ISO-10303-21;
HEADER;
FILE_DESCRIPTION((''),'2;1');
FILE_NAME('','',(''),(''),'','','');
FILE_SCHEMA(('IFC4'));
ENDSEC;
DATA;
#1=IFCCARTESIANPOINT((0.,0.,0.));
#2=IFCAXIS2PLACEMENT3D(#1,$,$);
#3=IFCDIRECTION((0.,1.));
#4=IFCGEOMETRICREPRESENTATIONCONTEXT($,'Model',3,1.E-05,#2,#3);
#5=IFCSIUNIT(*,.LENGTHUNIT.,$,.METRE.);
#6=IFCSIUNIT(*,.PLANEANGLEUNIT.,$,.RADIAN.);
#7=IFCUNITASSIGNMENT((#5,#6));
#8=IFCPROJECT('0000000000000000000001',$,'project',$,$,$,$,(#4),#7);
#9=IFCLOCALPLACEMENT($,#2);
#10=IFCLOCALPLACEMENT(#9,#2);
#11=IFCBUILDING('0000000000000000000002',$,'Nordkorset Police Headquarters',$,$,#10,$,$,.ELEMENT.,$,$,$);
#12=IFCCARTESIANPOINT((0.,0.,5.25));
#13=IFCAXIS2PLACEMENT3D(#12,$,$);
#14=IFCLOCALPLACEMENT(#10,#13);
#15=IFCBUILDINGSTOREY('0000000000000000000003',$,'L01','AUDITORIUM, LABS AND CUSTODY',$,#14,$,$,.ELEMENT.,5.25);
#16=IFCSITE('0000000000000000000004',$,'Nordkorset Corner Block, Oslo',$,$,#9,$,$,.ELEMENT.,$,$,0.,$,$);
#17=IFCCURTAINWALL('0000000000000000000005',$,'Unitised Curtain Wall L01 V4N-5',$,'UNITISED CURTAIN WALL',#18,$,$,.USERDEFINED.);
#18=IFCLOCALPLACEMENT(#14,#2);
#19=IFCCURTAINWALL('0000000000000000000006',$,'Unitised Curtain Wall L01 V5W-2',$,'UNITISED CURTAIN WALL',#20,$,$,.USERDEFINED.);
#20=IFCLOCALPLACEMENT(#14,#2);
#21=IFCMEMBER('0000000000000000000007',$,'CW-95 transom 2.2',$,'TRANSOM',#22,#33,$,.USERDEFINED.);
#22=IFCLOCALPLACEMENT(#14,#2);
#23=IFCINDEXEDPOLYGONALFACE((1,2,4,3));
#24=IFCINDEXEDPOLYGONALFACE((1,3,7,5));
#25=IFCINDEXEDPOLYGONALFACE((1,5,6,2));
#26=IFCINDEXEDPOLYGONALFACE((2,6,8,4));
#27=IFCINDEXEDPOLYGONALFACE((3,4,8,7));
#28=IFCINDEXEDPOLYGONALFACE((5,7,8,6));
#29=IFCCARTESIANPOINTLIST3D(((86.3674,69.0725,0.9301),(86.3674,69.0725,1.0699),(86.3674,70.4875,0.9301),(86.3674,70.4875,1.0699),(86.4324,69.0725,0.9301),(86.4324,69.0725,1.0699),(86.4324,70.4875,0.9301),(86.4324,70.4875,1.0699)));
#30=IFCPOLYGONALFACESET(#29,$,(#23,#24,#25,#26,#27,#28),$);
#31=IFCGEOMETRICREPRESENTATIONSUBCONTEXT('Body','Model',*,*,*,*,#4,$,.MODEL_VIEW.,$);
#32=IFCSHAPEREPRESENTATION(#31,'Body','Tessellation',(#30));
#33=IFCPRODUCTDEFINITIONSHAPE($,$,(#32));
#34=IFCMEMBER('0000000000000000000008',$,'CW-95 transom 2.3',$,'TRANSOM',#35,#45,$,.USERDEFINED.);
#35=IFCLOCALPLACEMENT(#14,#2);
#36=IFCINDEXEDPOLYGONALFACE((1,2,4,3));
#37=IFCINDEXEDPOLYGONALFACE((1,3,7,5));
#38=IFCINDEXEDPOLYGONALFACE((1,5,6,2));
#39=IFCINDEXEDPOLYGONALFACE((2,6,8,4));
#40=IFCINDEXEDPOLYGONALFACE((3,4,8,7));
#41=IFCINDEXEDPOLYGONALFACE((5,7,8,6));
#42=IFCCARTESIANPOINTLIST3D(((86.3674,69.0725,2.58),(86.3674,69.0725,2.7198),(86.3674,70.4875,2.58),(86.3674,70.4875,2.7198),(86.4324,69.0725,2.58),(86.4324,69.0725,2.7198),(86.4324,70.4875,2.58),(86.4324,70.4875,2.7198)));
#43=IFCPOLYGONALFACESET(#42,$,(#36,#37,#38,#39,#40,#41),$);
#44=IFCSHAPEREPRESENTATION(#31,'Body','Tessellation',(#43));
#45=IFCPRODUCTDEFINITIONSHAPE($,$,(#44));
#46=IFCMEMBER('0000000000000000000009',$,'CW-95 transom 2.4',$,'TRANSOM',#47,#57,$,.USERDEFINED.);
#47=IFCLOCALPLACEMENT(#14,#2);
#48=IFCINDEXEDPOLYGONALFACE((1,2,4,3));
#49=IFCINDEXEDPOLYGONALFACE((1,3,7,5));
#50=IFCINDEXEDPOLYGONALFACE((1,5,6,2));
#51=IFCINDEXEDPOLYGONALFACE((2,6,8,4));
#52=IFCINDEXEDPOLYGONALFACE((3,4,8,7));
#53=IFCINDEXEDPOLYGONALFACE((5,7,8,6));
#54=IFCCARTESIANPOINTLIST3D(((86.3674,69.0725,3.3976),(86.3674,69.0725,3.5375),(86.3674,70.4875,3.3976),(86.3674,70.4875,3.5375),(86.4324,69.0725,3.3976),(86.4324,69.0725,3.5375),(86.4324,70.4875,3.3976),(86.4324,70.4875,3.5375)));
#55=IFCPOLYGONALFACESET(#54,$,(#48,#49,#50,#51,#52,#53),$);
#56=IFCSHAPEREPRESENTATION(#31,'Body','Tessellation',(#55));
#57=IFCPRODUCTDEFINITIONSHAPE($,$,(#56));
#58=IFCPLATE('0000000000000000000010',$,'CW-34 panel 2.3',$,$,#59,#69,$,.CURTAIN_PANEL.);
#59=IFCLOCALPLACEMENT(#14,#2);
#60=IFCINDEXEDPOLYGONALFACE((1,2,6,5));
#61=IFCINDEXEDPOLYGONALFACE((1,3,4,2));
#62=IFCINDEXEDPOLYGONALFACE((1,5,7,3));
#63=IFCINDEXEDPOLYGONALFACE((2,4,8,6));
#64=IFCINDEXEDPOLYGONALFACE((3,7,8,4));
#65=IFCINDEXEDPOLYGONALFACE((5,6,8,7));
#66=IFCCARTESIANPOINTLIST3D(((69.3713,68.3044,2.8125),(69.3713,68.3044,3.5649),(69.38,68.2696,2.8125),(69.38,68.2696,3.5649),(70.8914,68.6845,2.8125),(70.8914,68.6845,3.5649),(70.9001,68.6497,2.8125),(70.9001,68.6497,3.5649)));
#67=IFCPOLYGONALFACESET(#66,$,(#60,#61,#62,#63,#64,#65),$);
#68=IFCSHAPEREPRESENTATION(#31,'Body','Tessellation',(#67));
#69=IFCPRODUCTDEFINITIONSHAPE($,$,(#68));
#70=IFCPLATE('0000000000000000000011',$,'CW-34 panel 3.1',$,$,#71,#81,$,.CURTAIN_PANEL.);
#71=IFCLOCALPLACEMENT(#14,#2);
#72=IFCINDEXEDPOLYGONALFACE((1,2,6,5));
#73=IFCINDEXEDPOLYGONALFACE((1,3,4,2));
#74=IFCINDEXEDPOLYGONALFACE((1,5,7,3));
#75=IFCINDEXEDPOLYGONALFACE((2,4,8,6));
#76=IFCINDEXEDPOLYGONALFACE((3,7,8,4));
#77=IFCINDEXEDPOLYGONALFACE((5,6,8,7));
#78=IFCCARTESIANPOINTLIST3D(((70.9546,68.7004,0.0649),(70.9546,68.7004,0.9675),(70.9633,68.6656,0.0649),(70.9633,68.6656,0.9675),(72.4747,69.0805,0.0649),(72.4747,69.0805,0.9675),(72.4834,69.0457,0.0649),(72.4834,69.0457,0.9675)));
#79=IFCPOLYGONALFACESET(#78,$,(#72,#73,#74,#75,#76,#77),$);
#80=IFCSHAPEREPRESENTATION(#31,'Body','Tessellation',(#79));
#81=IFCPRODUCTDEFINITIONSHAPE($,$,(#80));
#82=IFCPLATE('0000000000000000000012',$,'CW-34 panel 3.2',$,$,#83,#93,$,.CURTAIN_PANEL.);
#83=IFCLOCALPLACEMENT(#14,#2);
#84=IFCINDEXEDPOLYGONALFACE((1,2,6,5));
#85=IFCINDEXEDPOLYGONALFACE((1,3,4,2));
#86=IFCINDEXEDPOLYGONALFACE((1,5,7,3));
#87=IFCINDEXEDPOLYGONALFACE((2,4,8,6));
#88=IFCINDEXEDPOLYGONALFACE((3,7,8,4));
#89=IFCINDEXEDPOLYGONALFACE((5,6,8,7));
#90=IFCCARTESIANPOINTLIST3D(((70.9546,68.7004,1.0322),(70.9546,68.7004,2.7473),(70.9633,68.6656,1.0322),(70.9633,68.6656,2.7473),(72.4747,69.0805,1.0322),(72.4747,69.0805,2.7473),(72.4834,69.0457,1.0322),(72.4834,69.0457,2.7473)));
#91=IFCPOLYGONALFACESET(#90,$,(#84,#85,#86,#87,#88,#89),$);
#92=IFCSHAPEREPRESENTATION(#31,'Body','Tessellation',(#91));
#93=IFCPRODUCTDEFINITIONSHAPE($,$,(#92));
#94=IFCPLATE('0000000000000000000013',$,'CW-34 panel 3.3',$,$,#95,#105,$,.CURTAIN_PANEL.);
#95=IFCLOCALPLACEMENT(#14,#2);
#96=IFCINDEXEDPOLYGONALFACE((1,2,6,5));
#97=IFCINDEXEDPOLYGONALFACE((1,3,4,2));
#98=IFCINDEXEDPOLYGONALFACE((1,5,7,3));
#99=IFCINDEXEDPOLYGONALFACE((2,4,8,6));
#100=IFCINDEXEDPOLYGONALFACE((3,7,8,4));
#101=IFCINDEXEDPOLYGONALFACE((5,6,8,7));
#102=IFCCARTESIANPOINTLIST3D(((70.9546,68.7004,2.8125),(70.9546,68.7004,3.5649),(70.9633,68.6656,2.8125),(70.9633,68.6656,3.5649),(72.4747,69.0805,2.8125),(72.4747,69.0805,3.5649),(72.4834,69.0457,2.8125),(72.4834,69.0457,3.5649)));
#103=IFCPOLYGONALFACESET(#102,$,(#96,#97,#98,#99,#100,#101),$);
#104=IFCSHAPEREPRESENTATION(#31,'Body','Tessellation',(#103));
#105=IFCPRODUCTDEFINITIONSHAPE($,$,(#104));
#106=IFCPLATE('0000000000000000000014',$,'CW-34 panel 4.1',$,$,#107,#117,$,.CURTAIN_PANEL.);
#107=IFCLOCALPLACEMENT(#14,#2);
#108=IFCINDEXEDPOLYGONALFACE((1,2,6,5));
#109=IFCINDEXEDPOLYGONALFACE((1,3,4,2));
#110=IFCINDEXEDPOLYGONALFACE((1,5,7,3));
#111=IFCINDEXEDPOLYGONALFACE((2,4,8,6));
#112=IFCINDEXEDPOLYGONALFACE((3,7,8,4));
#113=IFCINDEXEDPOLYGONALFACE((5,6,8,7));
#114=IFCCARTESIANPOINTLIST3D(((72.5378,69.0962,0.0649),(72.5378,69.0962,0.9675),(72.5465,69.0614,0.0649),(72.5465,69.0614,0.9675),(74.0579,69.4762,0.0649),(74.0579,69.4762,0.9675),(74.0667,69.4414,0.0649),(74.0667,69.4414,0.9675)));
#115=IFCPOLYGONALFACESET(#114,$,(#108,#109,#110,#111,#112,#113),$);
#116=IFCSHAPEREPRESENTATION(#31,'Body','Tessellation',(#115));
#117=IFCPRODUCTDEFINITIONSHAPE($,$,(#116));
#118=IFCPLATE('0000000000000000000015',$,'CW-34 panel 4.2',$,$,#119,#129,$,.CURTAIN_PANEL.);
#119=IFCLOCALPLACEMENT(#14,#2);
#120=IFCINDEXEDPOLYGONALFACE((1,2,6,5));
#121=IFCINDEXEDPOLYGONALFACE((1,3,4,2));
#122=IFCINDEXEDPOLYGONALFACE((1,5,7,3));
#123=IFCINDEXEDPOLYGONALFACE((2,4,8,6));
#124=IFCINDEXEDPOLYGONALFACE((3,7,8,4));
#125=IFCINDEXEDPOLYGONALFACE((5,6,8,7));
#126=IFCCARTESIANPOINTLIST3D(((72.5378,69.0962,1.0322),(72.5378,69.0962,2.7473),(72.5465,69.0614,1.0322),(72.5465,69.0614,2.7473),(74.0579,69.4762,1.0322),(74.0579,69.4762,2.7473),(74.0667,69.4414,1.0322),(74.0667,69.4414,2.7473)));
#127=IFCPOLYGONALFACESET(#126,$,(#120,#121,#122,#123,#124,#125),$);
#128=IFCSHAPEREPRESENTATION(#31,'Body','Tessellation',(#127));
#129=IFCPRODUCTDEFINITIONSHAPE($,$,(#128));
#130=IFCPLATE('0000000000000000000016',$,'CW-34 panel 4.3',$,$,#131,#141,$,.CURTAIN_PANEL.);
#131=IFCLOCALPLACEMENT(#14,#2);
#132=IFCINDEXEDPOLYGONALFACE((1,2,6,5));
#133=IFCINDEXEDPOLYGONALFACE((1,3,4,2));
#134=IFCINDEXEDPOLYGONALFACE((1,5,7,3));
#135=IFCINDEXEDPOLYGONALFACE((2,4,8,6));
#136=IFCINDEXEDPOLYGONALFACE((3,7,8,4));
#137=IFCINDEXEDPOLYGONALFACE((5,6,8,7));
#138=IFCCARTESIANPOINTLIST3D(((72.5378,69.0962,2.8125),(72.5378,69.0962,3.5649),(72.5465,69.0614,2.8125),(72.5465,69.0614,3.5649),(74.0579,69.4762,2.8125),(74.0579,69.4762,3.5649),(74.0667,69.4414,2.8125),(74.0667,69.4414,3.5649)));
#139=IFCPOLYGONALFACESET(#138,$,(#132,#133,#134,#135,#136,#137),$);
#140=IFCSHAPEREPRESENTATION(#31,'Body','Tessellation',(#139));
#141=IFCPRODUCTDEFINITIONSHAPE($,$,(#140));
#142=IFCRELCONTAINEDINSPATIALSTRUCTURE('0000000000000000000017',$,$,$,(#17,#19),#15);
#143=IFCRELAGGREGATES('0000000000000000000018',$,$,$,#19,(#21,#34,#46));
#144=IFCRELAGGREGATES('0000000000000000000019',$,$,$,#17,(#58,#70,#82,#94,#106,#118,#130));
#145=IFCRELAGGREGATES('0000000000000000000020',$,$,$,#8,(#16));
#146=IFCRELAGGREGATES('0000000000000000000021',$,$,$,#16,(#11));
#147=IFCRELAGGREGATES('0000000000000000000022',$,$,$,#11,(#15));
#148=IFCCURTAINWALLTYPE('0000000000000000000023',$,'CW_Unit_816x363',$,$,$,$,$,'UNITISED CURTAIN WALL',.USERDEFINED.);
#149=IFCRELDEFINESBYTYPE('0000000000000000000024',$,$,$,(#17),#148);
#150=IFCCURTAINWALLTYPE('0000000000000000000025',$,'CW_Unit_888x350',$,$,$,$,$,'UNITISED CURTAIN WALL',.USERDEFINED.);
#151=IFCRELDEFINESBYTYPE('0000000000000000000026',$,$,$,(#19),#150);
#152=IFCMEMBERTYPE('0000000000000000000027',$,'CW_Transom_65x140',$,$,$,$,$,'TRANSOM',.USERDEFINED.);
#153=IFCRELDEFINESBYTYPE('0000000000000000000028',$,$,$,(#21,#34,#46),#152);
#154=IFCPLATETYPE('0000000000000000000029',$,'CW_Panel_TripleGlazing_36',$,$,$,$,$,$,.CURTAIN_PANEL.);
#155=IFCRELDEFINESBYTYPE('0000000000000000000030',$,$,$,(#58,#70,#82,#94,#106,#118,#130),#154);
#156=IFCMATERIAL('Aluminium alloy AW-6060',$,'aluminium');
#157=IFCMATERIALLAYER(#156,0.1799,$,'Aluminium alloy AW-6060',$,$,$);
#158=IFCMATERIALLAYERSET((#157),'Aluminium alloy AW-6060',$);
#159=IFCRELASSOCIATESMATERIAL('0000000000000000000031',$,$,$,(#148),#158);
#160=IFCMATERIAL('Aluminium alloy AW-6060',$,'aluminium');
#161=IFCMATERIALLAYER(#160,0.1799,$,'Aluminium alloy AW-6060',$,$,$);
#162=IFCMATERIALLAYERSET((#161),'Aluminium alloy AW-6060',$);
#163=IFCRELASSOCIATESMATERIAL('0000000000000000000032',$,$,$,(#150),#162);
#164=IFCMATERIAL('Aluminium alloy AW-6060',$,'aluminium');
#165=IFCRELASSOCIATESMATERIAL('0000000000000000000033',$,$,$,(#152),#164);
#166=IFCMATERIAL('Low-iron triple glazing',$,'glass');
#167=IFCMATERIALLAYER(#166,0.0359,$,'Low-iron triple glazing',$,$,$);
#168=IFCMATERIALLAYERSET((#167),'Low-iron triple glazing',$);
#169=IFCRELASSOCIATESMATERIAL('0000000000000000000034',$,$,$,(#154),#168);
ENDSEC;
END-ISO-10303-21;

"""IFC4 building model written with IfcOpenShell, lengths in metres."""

from ifc_helpers import new_model, si_unit, direction, frame, origin, origin_2d, place, context, subcontext, project, spatial, rectangle, extrude, material, layer, layer_set, material_profile, profile_set, type_object, element, aggregate, save


model = new_model("IFC4")

# Units and contexts
model_context = context("Model", 3, precision=1e-05, world=origin(), true_north=direction((0.0, 1.0)))
body_context = subcontext(model_context, "Body", "Model", "MODEL_VIEW")
ifc_project = project(units=[si_unit("LENGTHUNIT", "METRE"), si_unit("PLANEANGLEUNIT", "RADIAN")], contexts=[model_context])

# Site, building, storey
site_placement = place(None, origin())
site = spatial("IfcSite", under=ifc_project, at=site_placement, Name="Nordkorset Corner Block, Oslo", CompositionType="ELEMENT", RefElevation=0.0)
building_placement = place(site_placement, origin())
building = spatial("IfcBuilding", under=site, at=building_placement, Name="Nordkorset Police Headquarters", CompositionType="ELEMENT")
storey_placement = place(building_placement, frame((0.0, 0.0, 5.25)))
storey = spatial("IfcBuildingStorey", under=building, at=storey_placement, Name="L01", Description="AUDITORIUM, LABS AND CUSTODY", CompositionType="ELEMENT", Elevation=5.25)

# Curtain wall
ifc_material_1 = material(Name="Aluminium alloy AW-6060", Category="aluminium")
ifc_layer_1 = layer(ifc_material_1, 0.1799, Name="Aluminium alloy AW-6060")
ifc_layer_set_1 = layer_set([ifc_layer_1], Name="Aluminium alloy AW-6060")
curtain_wall_type_1 = type_object("IfcCurtainWallType", Name="CW_Unit_816x363", ElementType="UNITISED CURTAIN WALL", PredefinedType="USERDEFINED", material=ifc_layer_set_1)
curtain_wall_1_placement = place(storey_placement, origin())
curtain_wall_1 = element("IfcCurtainWall", 1, at=curtain_wall_1_placement, inside=storey, type_object=curtain_wall_type_1, Name="Unitised Curtain Wall L01 V4N-5", ObjectType="UNITISED CURTAIN WALL", PredefinedType="USERDEFINED")

# Curtain wall
ifc_material_2 = material(Name="Aluminium alloy AW-6060", Category="aluminium")
ifc_layer_2 = layer(ifc_material_2, 0.1799, Name="Aluminium alloy AW-6060")
ifc_layer_set_2 = layer_set([ifc_layer_2], Name="Aluminium alloy AW-6060")
curtain_wall_type_2 = type_object("IfcCurtainWallType", Name="CW_Unit_888x350", ElementType="UNITISED CURTAIN WALL", PredefinedType="USERDEFINED", material=ifc_layer_set_2)
curtain_wall_2_placement = place(storey_placement, origin())
curtain_wall_2 = element("IfcCurtainWall", 2, at=curtain_wall_2_placement, inside=storey, type_object=curtain_wall_type_2, Name="Unitised Curtain Wall L01 V5W-2", ObjectType="UNITISED CURTAIN WALL", PredefinedType="USERDEFINED")

# Members
ifc_material_3 = material(Name="Aluminium alloy AW-6060", Category="aluminium")
ifc_material_profile_1 = material_profile(ifc_material_3, rectangle(XDim=0.0649, YDim=0.1399, at=origin_2d()), Name="ALU TRAN 65x140")
ifc_profile_set_1 = profile_set([ifc_material_profile_1], Name="Aluminium alloy AW-6060")
member_type_1 = type_object("IfcMemberType", Name="CW_Transom_65x140", ElementType="TRANSOM", PredefinedType="USERDEFINED", material=ifc_profile_set_1)
member_1_placement = place(storey_placement, frame((86.3999, 69.0725, 1.0), z_axis=(0.0, 1.0, 0.0), x_axis=(-1.0, 0.0, 0.0)))
member_1 = element("IfcMember", 3, at=member_1_placement, type_object=member_type_1, Name="CW-95 transom 2.2", ObjectType="TRANSOM", PredefinedType="USERDEFINED", context=body_context, shape_type="SweptSolid", body=[
    extrude(rectangle(XDim=0.0649, YDim=0.1399, at=origin_2d()), origin(), (0.0, 0.0, 1.0), 1.415),
])
member_2_placement = place(storey_placement, frame((86.3999, 69.0725, 2.6499), z_axis=(0.0, 1.0, 0.0), x_axis=(-1.0, 0.0, 0.0)))
member_2 = element("IfcMember", 4, at=member_2_placement, type_object=member_type_1, Name="CW-95 transom 2.3", ObjectType="TRANSOM", PredefinedType="USERDEFINED", context=body_context, shape_type="SweptSolid", body=[
    extrude(rectangle(XDim=0.0649, YDim=0.1399, at=origin_2d()), origin(), (0.0, 0.0, 1.0), 1.415),
])
member_3_placement = place(storey_placement, frame((86.3999, 69.0725, 3.4675), z_axis=(0.0, 1.0, 0.0), x_axis=(-1.0, 0.0, 0.0)))
member_3 = element("IfcMember", 5, at=member_3_placement, type_object=member_type_1, Name="CW-95 transom 2.4", ObjectType="TRANSOM", PredefinedType="USERDEFINED", context=body_context, shape_type="SweptSolid", body=[
    extrude(rectangle(XDim=0.0649, YDim=0.1399, at=origin_2d()), origin(), (0.0, 0.0, 1.0), 1.415),
])
aggregate(curtain_wall_2, [member_1, member_2, member_3])

# Plates
ifc_material_4 = material(Name="Low-iron triple glazing", Category="glass")
ifc_layer_3 = layer(ifc_material_4, 0.0359, Name="Low-iron triple glazing")
ifc_layer_set_3 = layer_set([ifc_layer_3], Name="Low-iron triple glazing")
plate_type = type_object("IfcPlateType", Name="CW_Panel_TripleGlazing_36", PredefinedType="CURTAIN_PANEL", material=ifc_layer_set_3)
plate_1_placement = place(storey_placement, frame((70.1357, 68.4771, 2.8125), z_axis=(0.0, 0.0, 1.0), x_axis=(0.970143, 0.242536, 0.0)))
plate_1 = element("IfcPlate", 6, at=plate_1_placement, type_object=plate_type, Name="CW-34 panel 2.3", PredefinedType="CURTAIN_PANEL", context=body_context, shape_type="SweptSolid", body=[
    extrude(rectangle(XDim=1.5669, YDim=0.0359, at=origin_2d()), origin(), (0.0, 0.0, 1.0), 0.7524),
])
plate_2_placement = place(storey_placement, frame((71.719, 68.873, 0.0649), z_axis=(0.0, 0.0, 1.0), x_axis=(0.970143, 0.242536, 0.0)))
plate_2 = element("IfcPlate", 7, at=plate_2_placement, type_object=plate_type, Name="CW-34 panel 3.1", PredefinedType="CURTAIN_PANEL", context=body_context, shape_type="SweptSolid", body=[
    extrude(rectangle(XDim=1.5669, YDim=0.0359, at=origin_2d()), origin(), (0.0, 0.0, 1.0), 0.9026),
])
plate_3_placement = place(storey_placement, frame((71.719, 68.873, 1.0322), z_axis=(0.0, 0.0, 1.0), x_axis=(0.970143, 0.242536, 0.0)))
plate_3 = element("IfcPlate", 8, at=plate_3_placement, type_object=plate_type, Name="CW-34 panel 3.2", PredefinedType="CURTAIN_PANEL", context=body_context, shape_type="SweptSolid", body=[
    extrude(rectangle(XDim=1.5669, YDim=0.0359, at=origin_2d()), origin(), (0.0, 0.0, 1.0), 1.7151),
])
plate_4_placement = place(storey_placement, frame((71.719, 68.873, 2.8125), z_axis=(0.0, 0.0, 1.0), x_axis=(0.970143, 0.242536, 0.0)))
plate_4 = element("IfcPlate", 9, at=plate_4_placement, type_object=plate_type, Name="CW-34 panel 3.3", PredefinedType="CURTAIN_PANEL", context=body_context, shape_type="SweptSolid", body=[
    extrude(rectangle(XDim=1.5669, YDim=0.0359, at=origin_2d()), origin(), (0.0, 0.0, 1.0), 0.7524),
])
plate_5_placement = place(storey_placement, frame((73.3022, 69.2688, 0.0649), z_axis=(0.0, 0.0, 1.0), x_axis=(0.970143, 0.242536, 0.0)))
plate_5 = element("IfcPlate", 10, at=plate_5_placement, type_object=plate_type, Name="CW-34 panel 4.1", PredefinedType="CURTAIN_PANEL", context=body_context, shape_type="SweptSolid", body=[
    extrude(rectangle(XDim=1.5669, YDim=0.0359, at=origin_2d()), origin(), (0.0, 0.0, 1.0), 0.9026),
])
plate_6_placement = place(storey_placement, frame((73.3022, 69.2688, 1.0322), z_axis=(0.0, 0.0, 1.0), x_axis=(0.970143, 0.242536, 0.0)))
plate_6 = element("IfcPlate", 11, at=plate_6_placement, type_object=plate_type, Name="CW-34 panel 4.2", PredefinedType="CURTAIN_PANEL", context=body_context, shape_type="SweptSolid", body=[
    extrude(rectangle(XDim=1.5669, YDim=0.0359, at=origin_2d()), origin(), (0.0, 0.0, 1.0), 1.7151),
])
plate_7_placement = place(storey_placement, frame((73.3022, 69.2688, 2.8125), z_axis=(0.0, 0.0, 1.0), x_axis=(0.970143, 0.242536, 0.0)))
plate_7 = element("IfcPlate", 12, at=plate_7_placement, type_object=plate_type, Name="CW-34 panel 4.3", PredefinedType="CURTAIN_PANEL", context=body_context, shape_type="SweptSolid", body=[
    extrude(rectangle(XDim=1.5669, YDim=0.0359, at=origin_2d()), origin(), (0.0, 0.0, 1.0), 0.7524),
])
aggregate(curtain_wall_1, [plate_1, plate_2, plate_3, plate_4, plate_5, plate_6, plate_7])

save(model, "model.ifc")
